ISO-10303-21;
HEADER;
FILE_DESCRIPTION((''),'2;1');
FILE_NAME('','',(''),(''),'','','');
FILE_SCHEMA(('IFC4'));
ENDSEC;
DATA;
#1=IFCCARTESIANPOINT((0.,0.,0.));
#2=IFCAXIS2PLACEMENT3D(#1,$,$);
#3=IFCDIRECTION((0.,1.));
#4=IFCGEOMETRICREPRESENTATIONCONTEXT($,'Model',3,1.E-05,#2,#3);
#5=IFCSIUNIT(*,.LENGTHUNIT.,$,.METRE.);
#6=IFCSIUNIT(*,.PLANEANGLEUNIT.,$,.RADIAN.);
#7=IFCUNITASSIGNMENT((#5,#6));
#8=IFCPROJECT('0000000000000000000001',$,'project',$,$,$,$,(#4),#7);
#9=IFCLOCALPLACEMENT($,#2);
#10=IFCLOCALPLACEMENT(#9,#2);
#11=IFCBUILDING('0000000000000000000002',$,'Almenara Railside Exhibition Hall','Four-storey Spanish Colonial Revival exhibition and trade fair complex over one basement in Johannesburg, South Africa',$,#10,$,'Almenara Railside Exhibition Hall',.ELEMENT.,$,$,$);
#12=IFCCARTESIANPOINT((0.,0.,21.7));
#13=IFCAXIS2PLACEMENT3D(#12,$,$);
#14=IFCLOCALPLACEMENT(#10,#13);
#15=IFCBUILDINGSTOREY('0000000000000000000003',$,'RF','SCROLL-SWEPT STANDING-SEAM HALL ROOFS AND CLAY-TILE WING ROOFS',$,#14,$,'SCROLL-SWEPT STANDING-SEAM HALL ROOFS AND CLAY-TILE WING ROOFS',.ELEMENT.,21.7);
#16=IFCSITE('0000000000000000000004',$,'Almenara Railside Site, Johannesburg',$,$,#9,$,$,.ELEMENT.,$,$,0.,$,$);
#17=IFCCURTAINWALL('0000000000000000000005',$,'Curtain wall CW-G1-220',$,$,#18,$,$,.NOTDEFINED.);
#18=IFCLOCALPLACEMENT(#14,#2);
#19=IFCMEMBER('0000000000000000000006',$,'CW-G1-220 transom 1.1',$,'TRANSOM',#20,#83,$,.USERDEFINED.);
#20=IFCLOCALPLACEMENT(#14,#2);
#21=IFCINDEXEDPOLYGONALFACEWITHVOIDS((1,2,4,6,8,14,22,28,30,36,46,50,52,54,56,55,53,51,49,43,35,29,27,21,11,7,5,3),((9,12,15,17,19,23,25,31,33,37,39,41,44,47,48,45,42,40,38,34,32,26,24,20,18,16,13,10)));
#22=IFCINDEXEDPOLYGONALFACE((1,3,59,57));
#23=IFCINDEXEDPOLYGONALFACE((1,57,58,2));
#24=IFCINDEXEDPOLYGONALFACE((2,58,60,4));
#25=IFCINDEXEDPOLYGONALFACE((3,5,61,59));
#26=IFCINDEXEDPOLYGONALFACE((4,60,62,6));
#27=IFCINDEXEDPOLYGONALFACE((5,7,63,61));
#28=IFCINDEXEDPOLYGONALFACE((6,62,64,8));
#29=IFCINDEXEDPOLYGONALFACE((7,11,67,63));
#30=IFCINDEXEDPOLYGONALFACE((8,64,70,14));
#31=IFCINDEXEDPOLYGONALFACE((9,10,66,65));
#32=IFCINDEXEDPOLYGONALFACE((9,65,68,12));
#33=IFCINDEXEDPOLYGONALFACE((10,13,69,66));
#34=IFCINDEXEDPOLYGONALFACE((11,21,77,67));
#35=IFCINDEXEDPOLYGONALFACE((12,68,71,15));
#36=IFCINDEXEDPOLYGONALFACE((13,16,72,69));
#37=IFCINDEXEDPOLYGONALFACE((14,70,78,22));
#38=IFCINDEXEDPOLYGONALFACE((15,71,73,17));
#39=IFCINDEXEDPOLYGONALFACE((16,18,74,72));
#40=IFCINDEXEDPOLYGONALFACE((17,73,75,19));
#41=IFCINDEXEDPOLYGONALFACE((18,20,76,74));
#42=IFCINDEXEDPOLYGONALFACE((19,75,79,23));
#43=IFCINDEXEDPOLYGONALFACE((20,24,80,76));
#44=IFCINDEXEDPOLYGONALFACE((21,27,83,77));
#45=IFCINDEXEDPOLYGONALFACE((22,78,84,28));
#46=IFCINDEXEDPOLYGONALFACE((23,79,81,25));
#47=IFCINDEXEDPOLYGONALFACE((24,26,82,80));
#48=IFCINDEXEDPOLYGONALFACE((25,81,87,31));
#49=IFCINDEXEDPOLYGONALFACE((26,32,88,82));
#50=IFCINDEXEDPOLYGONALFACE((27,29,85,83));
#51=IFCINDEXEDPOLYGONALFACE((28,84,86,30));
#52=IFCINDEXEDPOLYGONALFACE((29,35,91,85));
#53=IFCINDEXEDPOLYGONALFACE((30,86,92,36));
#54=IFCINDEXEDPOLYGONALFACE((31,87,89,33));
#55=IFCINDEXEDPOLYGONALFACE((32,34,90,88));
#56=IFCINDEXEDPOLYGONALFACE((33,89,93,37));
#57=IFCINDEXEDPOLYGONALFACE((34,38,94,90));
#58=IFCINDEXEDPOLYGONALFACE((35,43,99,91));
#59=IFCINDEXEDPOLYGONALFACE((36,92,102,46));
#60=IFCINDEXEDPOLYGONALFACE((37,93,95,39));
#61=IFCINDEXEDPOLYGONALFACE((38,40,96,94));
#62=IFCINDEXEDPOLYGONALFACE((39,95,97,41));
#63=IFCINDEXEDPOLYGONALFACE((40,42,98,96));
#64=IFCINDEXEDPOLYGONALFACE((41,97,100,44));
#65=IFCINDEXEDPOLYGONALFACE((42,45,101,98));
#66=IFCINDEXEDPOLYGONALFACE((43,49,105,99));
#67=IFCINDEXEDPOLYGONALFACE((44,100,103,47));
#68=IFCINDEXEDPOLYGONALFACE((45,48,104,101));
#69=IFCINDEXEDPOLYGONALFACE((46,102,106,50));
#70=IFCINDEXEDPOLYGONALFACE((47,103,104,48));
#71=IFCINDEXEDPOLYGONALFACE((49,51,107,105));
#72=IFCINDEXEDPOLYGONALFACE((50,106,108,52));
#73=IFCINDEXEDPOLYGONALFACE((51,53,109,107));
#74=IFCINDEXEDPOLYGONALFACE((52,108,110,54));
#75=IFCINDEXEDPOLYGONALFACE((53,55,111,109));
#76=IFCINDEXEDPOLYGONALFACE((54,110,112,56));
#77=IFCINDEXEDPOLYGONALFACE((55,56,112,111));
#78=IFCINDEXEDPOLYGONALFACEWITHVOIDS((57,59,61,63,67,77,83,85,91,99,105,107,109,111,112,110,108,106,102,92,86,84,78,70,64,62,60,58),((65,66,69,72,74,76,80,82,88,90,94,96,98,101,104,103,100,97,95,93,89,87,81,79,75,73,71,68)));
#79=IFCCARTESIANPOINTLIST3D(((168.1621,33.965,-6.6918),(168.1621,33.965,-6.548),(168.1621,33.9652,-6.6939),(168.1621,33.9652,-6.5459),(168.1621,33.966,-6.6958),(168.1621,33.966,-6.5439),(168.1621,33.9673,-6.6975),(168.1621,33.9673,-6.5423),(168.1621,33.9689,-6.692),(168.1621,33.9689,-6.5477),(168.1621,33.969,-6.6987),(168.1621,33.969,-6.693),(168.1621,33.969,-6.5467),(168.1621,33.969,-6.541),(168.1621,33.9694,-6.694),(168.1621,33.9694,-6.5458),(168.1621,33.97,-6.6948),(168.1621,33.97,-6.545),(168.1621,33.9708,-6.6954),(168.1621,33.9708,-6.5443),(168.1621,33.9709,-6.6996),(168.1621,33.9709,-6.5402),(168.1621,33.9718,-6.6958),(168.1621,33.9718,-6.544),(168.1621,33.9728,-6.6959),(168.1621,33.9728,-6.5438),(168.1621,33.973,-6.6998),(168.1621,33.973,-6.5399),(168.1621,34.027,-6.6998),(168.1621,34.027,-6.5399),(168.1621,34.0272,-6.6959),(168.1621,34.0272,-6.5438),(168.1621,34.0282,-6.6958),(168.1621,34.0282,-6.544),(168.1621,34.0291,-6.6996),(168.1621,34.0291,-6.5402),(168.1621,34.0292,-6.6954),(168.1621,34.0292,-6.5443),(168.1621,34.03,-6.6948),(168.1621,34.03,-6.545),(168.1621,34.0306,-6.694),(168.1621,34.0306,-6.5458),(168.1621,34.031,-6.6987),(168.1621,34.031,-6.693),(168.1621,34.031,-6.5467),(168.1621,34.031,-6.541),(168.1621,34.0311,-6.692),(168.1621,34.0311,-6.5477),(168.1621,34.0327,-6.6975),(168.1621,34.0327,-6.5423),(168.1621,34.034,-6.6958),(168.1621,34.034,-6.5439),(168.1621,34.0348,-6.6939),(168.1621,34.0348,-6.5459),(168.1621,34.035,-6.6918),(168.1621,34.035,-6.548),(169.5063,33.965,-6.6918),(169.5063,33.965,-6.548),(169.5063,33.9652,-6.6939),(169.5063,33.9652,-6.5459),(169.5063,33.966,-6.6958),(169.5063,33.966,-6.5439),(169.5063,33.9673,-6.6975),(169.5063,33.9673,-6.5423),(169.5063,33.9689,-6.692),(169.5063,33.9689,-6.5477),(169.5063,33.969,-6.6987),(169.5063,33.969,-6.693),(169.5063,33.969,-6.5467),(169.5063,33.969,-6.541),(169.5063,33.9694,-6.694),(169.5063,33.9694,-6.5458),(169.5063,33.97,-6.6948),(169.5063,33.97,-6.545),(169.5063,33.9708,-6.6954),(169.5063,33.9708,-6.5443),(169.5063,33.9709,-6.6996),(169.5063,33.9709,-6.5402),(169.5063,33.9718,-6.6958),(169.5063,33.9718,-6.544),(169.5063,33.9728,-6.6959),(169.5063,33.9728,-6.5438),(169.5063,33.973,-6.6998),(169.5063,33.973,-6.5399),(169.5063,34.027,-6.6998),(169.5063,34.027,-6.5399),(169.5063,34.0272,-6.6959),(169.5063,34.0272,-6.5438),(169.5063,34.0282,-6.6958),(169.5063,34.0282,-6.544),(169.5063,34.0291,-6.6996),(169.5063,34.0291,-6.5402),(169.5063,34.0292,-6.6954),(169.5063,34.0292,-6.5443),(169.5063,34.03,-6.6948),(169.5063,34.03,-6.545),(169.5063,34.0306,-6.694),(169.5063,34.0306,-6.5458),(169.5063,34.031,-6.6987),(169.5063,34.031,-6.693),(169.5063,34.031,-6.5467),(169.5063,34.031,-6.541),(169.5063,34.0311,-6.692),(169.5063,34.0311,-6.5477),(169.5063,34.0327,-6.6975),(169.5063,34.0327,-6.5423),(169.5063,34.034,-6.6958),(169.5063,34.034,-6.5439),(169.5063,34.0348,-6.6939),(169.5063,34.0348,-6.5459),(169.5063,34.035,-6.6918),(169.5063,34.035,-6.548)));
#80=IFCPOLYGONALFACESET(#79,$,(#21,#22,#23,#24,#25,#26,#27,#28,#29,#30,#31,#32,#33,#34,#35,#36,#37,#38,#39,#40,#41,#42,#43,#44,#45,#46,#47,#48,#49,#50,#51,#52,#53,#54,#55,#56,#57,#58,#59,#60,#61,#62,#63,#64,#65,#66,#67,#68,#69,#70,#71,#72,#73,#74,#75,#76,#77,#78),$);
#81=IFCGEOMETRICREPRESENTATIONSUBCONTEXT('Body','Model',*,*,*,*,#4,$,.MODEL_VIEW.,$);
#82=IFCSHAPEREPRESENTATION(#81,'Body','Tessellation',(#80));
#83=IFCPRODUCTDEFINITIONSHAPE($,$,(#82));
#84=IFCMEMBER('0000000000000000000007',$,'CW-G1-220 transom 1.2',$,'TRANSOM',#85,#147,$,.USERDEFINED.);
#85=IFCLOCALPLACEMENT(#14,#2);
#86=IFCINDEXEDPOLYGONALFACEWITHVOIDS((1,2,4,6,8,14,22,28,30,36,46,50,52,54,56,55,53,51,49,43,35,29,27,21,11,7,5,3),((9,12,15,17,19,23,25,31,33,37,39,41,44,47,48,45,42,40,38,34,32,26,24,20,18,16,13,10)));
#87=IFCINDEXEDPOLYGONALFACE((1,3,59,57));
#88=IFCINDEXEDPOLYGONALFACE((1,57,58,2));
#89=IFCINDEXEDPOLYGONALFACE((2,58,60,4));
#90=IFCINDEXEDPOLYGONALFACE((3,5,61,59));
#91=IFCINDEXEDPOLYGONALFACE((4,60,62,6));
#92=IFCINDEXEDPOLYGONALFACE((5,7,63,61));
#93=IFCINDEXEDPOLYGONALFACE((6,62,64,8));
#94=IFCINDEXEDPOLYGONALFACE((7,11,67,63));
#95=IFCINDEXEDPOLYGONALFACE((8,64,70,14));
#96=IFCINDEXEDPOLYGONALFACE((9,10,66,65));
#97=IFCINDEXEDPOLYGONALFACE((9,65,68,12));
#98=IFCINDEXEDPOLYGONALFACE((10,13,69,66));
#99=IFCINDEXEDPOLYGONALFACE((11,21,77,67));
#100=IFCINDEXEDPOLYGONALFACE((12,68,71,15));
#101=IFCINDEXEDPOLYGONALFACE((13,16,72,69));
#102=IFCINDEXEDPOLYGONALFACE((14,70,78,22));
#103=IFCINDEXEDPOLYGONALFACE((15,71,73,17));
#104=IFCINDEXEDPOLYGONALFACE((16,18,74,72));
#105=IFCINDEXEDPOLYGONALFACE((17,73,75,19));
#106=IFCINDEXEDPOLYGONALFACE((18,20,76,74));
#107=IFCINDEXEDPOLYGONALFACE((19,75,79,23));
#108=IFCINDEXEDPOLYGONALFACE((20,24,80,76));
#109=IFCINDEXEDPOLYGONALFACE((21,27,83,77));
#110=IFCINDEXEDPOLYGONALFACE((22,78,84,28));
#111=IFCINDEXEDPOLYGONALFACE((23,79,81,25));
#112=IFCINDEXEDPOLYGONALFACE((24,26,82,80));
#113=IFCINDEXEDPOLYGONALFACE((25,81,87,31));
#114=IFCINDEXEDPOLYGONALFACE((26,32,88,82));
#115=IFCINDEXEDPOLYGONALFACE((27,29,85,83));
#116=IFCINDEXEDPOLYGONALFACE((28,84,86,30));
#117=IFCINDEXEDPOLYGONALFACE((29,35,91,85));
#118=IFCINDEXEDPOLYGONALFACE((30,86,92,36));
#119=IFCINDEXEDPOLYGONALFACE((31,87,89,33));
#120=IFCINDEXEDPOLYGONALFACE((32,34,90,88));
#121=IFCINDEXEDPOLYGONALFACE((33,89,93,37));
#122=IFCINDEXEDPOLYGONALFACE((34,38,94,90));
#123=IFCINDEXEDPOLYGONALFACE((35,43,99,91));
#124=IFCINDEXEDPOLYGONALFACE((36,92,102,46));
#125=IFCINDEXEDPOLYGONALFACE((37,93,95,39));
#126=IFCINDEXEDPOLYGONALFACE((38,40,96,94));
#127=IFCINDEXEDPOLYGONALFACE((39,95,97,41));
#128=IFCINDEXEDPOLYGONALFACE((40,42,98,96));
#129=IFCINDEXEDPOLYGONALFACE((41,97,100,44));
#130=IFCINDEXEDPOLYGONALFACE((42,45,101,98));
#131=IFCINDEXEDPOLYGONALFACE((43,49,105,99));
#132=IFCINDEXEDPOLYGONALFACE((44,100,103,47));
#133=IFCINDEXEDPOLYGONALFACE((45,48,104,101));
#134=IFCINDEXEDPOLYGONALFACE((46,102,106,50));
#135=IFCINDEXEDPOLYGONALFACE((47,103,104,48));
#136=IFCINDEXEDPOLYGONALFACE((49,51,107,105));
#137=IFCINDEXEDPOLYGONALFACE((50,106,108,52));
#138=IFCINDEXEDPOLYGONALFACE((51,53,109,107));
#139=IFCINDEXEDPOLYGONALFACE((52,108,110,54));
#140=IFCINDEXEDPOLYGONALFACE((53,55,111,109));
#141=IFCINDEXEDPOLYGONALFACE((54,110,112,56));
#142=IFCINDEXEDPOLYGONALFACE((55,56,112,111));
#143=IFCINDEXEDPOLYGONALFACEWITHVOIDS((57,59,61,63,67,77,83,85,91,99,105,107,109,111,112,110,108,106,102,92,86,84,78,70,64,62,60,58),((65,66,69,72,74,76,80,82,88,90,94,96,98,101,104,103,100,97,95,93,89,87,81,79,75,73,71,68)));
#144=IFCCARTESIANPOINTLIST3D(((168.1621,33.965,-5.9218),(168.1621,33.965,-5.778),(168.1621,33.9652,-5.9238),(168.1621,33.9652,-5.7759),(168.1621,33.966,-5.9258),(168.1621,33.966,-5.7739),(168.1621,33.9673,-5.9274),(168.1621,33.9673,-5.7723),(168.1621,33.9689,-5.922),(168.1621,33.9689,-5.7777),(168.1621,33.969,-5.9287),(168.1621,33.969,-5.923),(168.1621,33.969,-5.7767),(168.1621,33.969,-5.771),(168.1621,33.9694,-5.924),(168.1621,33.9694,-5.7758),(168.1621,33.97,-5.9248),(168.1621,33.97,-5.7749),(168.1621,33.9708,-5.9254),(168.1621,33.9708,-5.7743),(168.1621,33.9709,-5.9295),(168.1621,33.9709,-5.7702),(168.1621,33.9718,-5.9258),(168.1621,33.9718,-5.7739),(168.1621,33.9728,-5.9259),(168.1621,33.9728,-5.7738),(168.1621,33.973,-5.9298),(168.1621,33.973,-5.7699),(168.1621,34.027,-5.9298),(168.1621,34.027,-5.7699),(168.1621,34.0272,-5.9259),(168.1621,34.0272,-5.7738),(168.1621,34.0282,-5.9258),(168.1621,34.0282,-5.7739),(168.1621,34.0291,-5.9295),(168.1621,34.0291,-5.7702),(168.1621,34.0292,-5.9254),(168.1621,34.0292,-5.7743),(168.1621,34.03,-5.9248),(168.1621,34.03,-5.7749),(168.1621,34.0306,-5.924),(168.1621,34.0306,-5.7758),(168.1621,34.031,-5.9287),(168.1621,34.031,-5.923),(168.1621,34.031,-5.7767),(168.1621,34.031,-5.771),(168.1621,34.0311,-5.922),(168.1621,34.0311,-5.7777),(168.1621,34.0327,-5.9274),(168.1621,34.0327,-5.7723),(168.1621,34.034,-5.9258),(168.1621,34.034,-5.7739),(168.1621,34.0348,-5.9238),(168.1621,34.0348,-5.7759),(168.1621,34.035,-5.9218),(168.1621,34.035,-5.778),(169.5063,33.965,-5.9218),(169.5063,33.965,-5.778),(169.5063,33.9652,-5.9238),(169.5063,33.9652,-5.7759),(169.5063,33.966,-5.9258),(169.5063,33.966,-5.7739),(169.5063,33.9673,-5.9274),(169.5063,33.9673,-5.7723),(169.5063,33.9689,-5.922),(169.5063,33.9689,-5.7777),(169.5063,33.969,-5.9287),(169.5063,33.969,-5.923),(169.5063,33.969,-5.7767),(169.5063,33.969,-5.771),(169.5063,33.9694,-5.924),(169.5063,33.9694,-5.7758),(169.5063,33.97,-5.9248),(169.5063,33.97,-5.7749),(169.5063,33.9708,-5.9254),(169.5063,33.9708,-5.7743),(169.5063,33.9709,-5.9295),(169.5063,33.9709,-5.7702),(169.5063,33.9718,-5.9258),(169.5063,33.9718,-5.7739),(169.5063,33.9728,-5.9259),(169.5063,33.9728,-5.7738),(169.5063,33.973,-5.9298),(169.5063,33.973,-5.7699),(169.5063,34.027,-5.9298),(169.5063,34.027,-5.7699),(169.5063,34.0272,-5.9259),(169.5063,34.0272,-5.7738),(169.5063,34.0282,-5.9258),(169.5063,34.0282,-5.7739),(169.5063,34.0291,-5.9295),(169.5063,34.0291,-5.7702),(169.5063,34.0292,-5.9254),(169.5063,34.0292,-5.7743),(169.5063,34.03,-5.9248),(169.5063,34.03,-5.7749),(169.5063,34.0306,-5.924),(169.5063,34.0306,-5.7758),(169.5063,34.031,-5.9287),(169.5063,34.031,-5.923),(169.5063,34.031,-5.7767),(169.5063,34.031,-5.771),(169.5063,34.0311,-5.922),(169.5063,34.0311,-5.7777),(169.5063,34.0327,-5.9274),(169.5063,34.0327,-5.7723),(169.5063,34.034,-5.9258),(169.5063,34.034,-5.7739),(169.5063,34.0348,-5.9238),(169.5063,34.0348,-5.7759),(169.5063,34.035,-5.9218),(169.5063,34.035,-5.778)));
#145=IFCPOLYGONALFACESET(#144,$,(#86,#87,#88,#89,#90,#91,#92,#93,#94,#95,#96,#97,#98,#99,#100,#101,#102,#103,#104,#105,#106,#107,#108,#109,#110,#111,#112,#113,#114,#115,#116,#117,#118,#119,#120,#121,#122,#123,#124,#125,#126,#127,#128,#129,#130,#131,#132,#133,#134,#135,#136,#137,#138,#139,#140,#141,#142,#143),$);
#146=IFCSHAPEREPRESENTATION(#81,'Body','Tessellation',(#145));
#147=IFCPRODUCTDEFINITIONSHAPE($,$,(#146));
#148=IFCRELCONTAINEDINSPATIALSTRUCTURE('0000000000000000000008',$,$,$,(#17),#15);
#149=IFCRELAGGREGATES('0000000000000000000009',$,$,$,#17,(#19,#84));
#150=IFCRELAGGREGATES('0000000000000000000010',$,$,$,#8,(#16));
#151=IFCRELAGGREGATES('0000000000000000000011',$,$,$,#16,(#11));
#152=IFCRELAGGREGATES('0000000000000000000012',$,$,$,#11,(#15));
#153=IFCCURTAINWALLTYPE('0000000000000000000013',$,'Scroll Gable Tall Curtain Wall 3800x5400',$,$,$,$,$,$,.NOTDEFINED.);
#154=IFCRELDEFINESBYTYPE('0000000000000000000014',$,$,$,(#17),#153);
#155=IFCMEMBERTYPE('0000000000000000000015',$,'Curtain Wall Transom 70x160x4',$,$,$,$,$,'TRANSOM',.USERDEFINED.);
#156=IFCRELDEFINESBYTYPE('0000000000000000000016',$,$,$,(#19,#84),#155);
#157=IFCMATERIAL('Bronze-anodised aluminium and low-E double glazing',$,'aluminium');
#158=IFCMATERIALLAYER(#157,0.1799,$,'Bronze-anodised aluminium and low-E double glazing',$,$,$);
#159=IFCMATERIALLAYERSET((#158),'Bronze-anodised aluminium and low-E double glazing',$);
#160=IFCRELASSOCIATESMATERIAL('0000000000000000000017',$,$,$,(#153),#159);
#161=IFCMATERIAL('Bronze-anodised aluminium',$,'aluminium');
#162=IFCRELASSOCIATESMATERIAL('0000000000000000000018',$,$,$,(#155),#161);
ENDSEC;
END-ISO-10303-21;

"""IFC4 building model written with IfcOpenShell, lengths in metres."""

from ifc_helpers import new_model, si_unit, direction, frame, origin, origin_2d, place, context, subcontext, project, spatial, hollow_rectangle, extrude, material, layer, layer_set, material_profile, profile_set, type_object, element, aggregate, save


model = new_model("IFC4")

# Units and contexts
model_context = context("Model", 3, precision=1e-05, world=origin(), true_north=direction((0.0, 1.0)))
body_context = subcontext(model_context, "Body", "Model", "MODEL_VIEW")
ifc_project = project(units=[si_unit("LENGTHUNIT", "METRE"), si_unit("PLANEANGLEUNIT", "RADIAN")], contexts=[model_context])

# Site, building, storey
site_placement = place(None, origin())
site = spatial("IfcSite", under=ifc_project, at=site_placement, Name="Almenara Railside Site, Johannesburg", CompositionType="ELEMENT", RefElevation=0.0)
building_placement = place(site_placement, origin())
building = spatial("IfcBuilding", under=site, at=building_placement, Name="Almenara Railside Exhibition Hall", Description="Four-storey Spanish Colonial Revival exhibition and trade fair complex over one basement in Johannesburg, South Africa", LongName="Almenara Railside Exhibition Hall", CompositionType="ELEMENT")
storey_placement = place(building_placement, frame((0.0, 0.0, 21.7)))
storey = spatial("IfcBuildingStorey", under=building, at=storey_placement, Name="RF", Description="SCROLL-SWEPT STANDING-SEAM HALL ROOFS AND CLAY-TILE WING ROOFS", LongName="SCROLL-SWEPT STANDING-SEAM HALL ROOFS AND CLAY-TILE WING ROOFS", CompositionType="ELEMENT", Elevation=21.7)

# Curtain wall
ifc_material_1 = material(Name="Bronze-anodised aluminium and low-E double glazing", Category="aluminium")
ifc_layer_1 = layer(ifc_material_1, 0.1799, Name="Bronze-anodised aluminium and low-E double glazing")
ifc_layer_set_1 = layer_set([ifc_layer_1], Name="Bronze-anodised aluminium and low-E double glazing")
curtain_wall_type = type_object("IfcCurtainWallType", Name="Scroll Gable Tall Curtain Wall 3800x5400", PredefinedType="NOTDEFINED", material=ifc_layer_set_1)
ifc_material_2 = material(Name="Bronze-anodised aluminium", Category="aluminium")
curtain_wall_1_placement = place(storey_placement, origin())
curtain_wall_1 = element("IfcCurtainWall", 1, at=curtain_wall_1_placement, inside=storey, type_object=curtain_wall_type, Name="Curtain wall CW-G1-220", PredefinedType="NOTDEFINED")

# Members
ifc_material_profile_1 = material_profile(ifc_material_2, hollow_rectangle(XDim=0.0701, YDim=0.1599, WallThickness=0.0039, InnerFilletRadius=0.0039, OuterFilletRadius=0.0081, at=origin_2d()), Name="ALU-TRN 70x160x4")
ifc_profile_set_1 = profile_set([ifc_material_profile_1], Name="Bronze-anodised aluminium")
member_type_1 = type_object("IfcMemberType", Name="Curtain Wall Transom 70x160x4", ElementType="TRANSOM", PredefinedType="USERDEFINED", material=ifc_profile_set_1)
member_1_placement = place(storey_placement, frame((168.1621, 34.0, -6.6199), z_axis=(1.0, 0.0, 0.0), x_axis=(0.0, 1.0, 0.0)))
member_1 = element("IfcMember", 2, at=member_1_placement, type_object=member_type_1, Name="CW-G1-220 transom 1.1", ObjectType="TRANSOM", PredefinedType="USERDEFINED", context=body_context, shape_type="SweptSolid", body=[
    extrude(hollow_rectangle(XDim=0.0701, YDim=0.1599, WallThickness=0.0039, InnerFilletRadius=0.0039, OuterFilletRadius=0.0081, at=origin_2d()), origin(), (0.0, 0.0, 1.0), 1.3442),
])
member_2_placement = place(storey_placement, frame((168.1621, 34.0, -5.8499), z_axis=(1.0, 0.0, 0.0), x_axis=(0.0, 1.0, 0.0)))
member_2 = element("IfcMember", 3, at=member_2_placement, type_object=member_type_1, Name="CW-G1-220 transom 1.2", ObjectType="TRANSOM", PredefinedType="USERDEFINED", context=body_context, shape_type="SweptSolid", body=[
    extrude(hollow_rectangle(XDim=0.0701, YDim=0.1599, WallThickness=0.0039, InnerFilletRadius=0.0039, OuterFilletRadius=0.0081, at=origin_2d()), origin(), (0.0, 0.0, 1.0), 1.3442),
])

aggregate(curtain_wall_1, [member_1, member_2])

save(model, "model.ifc")
